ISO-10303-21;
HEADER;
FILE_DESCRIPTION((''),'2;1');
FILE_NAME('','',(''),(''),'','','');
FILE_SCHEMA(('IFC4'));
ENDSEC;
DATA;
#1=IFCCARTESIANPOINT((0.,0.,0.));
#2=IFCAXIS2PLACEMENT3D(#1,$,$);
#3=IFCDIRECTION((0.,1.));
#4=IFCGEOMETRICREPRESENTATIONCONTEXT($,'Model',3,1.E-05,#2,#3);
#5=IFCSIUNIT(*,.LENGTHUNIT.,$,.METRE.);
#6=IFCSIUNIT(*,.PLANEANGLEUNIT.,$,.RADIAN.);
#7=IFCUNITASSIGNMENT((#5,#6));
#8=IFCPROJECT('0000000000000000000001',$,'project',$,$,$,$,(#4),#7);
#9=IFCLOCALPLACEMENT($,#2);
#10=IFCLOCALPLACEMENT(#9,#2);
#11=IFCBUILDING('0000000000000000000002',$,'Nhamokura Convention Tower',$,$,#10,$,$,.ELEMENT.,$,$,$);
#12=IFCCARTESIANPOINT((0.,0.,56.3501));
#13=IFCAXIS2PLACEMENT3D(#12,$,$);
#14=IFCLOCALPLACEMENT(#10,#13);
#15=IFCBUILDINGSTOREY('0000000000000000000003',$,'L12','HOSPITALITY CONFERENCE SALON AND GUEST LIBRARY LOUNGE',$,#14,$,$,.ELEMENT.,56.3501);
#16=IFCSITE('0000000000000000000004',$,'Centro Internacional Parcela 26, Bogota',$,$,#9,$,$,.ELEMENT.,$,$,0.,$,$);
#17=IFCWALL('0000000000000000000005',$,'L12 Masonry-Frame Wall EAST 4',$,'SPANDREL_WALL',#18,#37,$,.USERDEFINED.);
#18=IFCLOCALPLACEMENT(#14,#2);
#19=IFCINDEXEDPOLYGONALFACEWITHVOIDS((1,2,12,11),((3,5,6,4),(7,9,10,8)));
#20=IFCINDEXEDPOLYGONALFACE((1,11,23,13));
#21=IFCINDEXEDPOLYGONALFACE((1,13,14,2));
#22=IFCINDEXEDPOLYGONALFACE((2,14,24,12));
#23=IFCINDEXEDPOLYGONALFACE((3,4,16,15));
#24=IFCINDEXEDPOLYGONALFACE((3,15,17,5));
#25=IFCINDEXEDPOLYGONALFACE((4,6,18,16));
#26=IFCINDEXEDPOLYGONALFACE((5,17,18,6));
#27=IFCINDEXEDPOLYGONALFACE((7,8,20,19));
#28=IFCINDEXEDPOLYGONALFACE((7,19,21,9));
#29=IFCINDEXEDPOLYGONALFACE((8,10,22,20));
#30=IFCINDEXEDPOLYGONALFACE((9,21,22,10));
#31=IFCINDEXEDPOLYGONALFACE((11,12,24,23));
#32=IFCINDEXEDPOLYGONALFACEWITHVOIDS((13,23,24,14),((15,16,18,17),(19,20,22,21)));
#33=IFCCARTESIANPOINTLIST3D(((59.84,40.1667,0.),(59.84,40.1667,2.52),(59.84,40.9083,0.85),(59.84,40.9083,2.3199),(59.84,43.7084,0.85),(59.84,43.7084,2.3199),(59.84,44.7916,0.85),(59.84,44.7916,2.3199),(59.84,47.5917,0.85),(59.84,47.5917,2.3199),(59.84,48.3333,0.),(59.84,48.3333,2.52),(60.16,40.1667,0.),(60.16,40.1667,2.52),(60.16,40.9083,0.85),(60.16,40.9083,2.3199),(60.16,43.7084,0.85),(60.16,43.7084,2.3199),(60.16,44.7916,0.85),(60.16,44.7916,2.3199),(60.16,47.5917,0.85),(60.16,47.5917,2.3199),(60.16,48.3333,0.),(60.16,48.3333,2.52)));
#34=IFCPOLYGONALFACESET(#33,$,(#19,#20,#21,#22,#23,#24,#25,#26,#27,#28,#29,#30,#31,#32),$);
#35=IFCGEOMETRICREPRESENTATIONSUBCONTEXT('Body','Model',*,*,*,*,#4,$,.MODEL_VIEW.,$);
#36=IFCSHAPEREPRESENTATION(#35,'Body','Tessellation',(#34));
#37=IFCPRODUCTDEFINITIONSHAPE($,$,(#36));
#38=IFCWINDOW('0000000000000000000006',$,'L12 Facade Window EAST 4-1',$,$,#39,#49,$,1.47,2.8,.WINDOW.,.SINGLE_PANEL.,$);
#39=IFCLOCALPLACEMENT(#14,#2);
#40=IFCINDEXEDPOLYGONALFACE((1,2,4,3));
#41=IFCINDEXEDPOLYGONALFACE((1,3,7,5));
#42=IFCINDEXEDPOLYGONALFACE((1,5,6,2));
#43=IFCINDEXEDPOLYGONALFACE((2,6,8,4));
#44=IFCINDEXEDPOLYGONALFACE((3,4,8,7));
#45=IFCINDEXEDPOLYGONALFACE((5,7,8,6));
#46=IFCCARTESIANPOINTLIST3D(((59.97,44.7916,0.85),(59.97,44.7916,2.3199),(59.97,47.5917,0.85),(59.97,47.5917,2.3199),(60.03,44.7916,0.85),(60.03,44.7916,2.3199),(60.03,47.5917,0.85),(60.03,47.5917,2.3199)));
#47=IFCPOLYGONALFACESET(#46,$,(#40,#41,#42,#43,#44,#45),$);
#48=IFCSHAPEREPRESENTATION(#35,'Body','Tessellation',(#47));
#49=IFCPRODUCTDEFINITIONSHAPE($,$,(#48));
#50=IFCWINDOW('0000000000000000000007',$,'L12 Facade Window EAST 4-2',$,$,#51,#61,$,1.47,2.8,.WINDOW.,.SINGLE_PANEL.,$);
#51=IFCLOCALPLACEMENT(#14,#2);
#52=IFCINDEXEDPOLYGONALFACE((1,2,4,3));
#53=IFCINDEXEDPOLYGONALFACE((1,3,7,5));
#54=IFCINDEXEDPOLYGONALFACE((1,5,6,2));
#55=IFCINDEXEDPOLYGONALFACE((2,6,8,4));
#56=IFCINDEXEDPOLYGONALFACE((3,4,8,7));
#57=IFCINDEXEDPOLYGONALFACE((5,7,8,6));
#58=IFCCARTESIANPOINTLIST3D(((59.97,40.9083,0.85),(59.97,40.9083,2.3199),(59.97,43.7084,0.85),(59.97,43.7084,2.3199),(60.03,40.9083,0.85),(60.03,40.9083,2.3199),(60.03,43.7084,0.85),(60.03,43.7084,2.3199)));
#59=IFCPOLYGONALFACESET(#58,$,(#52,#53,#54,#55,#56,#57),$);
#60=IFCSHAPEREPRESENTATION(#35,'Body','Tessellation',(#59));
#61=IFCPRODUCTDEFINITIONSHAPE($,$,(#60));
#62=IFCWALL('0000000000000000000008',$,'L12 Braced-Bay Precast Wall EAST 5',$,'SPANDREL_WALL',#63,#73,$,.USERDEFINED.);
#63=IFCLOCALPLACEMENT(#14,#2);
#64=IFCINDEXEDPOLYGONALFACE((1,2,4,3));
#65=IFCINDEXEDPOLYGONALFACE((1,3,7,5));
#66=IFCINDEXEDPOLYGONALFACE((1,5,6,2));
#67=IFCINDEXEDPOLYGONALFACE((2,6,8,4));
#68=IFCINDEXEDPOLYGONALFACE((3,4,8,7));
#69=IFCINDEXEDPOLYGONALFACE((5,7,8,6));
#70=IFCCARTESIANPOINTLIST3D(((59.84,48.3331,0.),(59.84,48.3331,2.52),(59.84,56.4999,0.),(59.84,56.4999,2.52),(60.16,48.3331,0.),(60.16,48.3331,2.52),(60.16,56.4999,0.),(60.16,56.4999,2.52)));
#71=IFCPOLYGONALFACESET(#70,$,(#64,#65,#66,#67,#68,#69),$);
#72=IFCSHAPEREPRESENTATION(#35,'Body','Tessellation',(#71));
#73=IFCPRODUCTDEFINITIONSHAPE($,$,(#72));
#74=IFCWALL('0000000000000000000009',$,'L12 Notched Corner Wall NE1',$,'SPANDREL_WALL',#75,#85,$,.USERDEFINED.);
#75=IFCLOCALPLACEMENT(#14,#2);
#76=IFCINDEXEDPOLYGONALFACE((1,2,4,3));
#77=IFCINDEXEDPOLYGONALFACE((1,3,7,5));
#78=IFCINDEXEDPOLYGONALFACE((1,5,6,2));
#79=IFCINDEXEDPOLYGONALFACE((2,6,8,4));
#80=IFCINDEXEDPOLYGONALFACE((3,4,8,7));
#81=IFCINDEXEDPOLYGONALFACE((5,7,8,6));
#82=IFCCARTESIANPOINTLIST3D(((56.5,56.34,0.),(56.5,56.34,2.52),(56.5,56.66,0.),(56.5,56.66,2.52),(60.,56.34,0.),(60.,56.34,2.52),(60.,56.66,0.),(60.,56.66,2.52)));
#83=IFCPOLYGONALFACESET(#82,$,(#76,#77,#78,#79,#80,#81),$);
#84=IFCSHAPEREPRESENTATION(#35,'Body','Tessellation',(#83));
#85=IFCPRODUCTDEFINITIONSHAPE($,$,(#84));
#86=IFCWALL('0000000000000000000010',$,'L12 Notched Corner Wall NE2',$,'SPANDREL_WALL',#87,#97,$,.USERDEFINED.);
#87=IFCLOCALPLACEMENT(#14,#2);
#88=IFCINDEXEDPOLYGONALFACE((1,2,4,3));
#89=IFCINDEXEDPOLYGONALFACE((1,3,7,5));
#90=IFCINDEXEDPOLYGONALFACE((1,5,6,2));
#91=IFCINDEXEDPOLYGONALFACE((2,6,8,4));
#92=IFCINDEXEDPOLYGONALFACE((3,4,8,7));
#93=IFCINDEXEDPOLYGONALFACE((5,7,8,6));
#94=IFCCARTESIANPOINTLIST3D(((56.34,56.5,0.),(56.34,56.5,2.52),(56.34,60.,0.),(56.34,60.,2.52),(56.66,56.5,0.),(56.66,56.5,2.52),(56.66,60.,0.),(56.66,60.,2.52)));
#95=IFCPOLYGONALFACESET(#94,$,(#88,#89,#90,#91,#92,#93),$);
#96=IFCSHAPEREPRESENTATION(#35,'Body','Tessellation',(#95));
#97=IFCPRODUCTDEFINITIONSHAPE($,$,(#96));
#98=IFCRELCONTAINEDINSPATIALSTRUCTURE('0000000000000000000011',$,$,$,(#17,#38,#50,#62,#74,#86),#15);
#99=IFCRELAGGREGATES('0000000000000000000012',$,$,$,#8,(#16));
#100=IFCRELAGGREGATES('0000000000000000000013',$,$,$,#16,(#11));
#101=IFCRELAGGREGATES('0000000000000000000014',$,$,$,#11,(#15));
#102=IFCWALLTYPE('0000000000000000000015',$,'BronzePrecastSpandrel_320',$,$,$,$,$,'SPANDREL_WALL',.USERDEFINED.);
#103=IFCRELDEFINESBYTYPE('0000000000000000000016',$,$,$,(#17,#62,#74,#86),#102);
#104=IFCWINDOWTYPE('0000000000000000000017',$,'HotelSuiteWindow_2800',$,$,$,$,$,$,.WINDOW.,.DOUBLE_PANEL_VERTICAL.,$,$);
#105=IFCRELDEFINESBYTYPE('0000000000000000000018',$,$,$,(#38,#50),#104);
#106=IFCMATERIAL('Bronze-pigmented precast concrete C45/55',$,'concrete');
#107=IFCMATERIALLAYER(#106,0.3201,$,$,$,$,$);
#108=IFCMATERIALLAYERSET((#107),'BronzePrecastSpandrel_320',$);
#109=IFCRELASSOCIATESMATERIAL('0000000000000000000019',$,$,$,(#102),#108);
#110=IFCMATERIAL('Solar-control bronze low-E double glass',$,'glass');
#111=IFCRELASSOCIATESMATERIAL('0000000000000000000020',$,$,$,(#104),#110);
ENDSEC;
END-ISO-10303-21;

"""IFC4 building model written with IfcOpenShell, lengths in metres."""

from ifc_helpers import new_model, si_unit, direction, frame, frame_2d, origin, place, context, subcontext, project, spatial, rectangle, extrude, material, layer, layer_set, type_object, element, fill, save


model = new_model("IFC4")

# Units and contexts
model_context = context("Model", 3, precision=1e-05, world=origin(), true_north=direction((0.0, 1.0)))
body_context = subcontext(model_context, "Body", "Model", "MODEL_VIEW")
ifc_project = project(units=[si_unit("LENGTHUNIT", "METRE"), si_unit("PLANEANGLEUNIT", "RADIAN")], contexts=[model_context])

# Site, building, storey
site_placement = place(None, origin())
site = spatial("IfcSite", under=ifc_project, at=site_placement, Name="Centro Internacional Parcela 26, Bogota", CompositionType="ELEMENT", RefElevation=0.0)
building_placement = place(site_placement, origin())
building = spatial("IfcBuilding", under=site, at=building_placement, Name="Nhamokura Convention Tower", CompositionType="ELEMENT")
storey_placement = place(building_placement, frame((0.0, 0.0, 56.3501)))
storey = spatial("IfcBuildingStorey", under=building, at=storey_placement, Name="L12", Description="HOSPITALITY CONFERENCE SALON AND GUEST LIBRARY LOUNGE", CompositionType="ELEMENT", Elevation=56.3501)

# Shared definitions
ifc_material_1 = material(Name="Bronze-pigmented precast concrete C45/55", Category="concrete")
ifc_layer = layer(ifc_material_1, 0.3201)
ifc_layer_set = layer_set([ifc_layer], Name="BronzePrecastSpandrel_320")
wall_type = type_object("IfcWallType", Name="BronzePrecastSpandrel_320", ElementType="SPANDREL_WALL", PredefinedType="USERDEFINED", material=ifc_layer_set)

# Wall, openings, windows
wall_1_placement = place(storey_placement, frame((60.0, 48.3333, 0.0), z_axis=(0.0, 0.0, 1.0), x_axis=(0.0, -1.0, 0.0)))
wall_1 = element("IfcWall", 1, at=wall_1_placement, inside=storey, type_object=wall_type, Name="L12 Masonry-Frame Wall EAST 4", ObjectType="SPANDREL_WALL", PredefinedType="USERDEFINED", context=body_context, shape_type="SweptSolid", body=[
    extrude(rectangle(XDim=8.1665, YDim=0.3201, at=frame_2d((4.0833, 0.0))), origin(), (0.0, 0.0, 1.0), 2.52),
])
opening_1_placement = place(wall_1_placement, frame((0.7417, 0.0, 0.8501)))
opening_1 = element("IfcOpeningElement", 2, at=opening_1_placement, cuts=wall_1, PredefinedType="OPENING", context=body_context, shape_type="SweptSolid", body=[
    extrude(rectangle(XDim=2.8, YDim=1.47, at=frame_2d((1.3999, 0.7349))), frame((0.0, 0.1699, 0.0), z_axis=(0.0, -1.0, 0.0), x_axis=(1.0, 0.0, 0.0)), (0.0, 0.0, 1.0), 0.3401),
])
opening_2_placement = place(wall_1_placement, frame((4.625, 0.0, 0.8501)))
opening_2 = element("IfcOpeningElement", 3, at=opening_2_placement, cuts=wall_1, PredefinedType="OPENING", context=body_context, shape_type="SweptSolid", body=[
    extrude(rectangle(XDim=2.8, YDim=1.47, at=frame_2d((1.3999, 0.7349))), frame((0.0, 0.1699, 0.0), z_axis=(0.0, -1.0, 0.0), x_axis=(1.0, 0.0, 0.0)), (0.0, 0.0, 1.0), 0.3401),
])
ifc_material_2 = material(Name="Solar-control bronze low-E double glass", Category="glass")
window_type = type_object("IfcWindowType", Name="HotelSuiteWindow_2800", PartitioningType="DOUBLE_PANEL_VERTICAL", PredefinedType="WINDOW", material=ifc_material_2)
window_1_placement = place(opening_1_placement, origin())
window_1 = element("IfcWindow", 4, at=window_1_placement, inside=storey, type_object=window_type, Name="L12 Facade Window EAST 4-1", OverallHeight=1.47, OverallWidth=2.8, PartitioningType="SINGLE_PANEL", PredefinedType="WINDOW", context=body_context, shape_type="SweptSolid", body=[
    extrude(rectangle(XDim=2.8, YDim=1.47, at=frame_2d((1.3999, 0.7349))), frame((0.0, 0.03, 0.0), z_axis=(0.0, -1.0, 0.0), x_axis=(1.0, 0.0, 0.0)), (0.0, 0.0, 1.0), 0.0601),
])
fill(opening_1, window_1)
window_2_placement = place(opening_2_placement, origin())
window_2 = element("IfcWindow", 5, at=window_2_placement, inside=storey, type_object=window_type, Name="L12 Facade Window EAST 4-2", OverallHeight=1.47, OverallWidth=2.8, PartitioningType="SINGLE_PANEL", PredefinedType="WINDOW", context=body_context, shape_type="SweptSolid", body=[
    extrude(rectangle(XDim=2.8, YDim=1.47, at=frame_2d((1.3999, 0.7349))), frame((0.0, 0.03, 0.0), z_axis=(0.0, -1.0, 0.0), x_axis=(1.0, 0.0, 0.0)), (0.0, 0.0, 1.0), 0.0601),
])
fill(opening_2, window_2)

# Walls
wall_2_placement = place(storey_placement, frame((60.0, 56.5, 0.0), z_axis=(0.0, 0.0, 1.0), x_axis=(0.0, -1.0, 0.0)))
element("IfcWall", 6, at=wall_2_placement, inside=storey, type_object=wall_type, Name="L12 Braced-Bay Precast Wall EAST 5", ObjectType="SPANDREL_WALL", PredefinedType="USERDEFINED", context=body_context, shape_type="SweptSolid", body=[
    extrude(rectangle(XDim=8.1667, YDim=0.3201, at=frame_2d((4.0835, 0.0))), origin(), (0.0, 0.0, 1.0), 2.52),
])
for number, where, z_axis, x_axis, name in (
    (7, (56.5, 56.5, 0.0), (0.0, 0.0, 1.0), (1.0, 0.0, 0.0), "L12 Notched Corner Wall NE1"),
    (8, (56.5, 60.0, 0.0), (0.0, 0.0, 1.0), (0.0, -1.0, 0.0), "L12 Notched Corner Wall NE2"),
):
    element("IfcWall", number, at=place(storey_placement, frame(where, z_axis=z_axis, x_axis=x_axis)), inside=storey, type_object=wall_type, Name=name, ObjectType="SPANDREL_WALL", PredefinedType="USERDEFINED", context=body_context, shape_type="SweptSolid", body=[
        extrude(rectangle(XDim=3.5, YDim=0.3201, at=frame_2d((1.75, 0.0))), origin(), (0.0, 0.0, 1.0), 2.52),
    ])

save(model, "model.ifc")
